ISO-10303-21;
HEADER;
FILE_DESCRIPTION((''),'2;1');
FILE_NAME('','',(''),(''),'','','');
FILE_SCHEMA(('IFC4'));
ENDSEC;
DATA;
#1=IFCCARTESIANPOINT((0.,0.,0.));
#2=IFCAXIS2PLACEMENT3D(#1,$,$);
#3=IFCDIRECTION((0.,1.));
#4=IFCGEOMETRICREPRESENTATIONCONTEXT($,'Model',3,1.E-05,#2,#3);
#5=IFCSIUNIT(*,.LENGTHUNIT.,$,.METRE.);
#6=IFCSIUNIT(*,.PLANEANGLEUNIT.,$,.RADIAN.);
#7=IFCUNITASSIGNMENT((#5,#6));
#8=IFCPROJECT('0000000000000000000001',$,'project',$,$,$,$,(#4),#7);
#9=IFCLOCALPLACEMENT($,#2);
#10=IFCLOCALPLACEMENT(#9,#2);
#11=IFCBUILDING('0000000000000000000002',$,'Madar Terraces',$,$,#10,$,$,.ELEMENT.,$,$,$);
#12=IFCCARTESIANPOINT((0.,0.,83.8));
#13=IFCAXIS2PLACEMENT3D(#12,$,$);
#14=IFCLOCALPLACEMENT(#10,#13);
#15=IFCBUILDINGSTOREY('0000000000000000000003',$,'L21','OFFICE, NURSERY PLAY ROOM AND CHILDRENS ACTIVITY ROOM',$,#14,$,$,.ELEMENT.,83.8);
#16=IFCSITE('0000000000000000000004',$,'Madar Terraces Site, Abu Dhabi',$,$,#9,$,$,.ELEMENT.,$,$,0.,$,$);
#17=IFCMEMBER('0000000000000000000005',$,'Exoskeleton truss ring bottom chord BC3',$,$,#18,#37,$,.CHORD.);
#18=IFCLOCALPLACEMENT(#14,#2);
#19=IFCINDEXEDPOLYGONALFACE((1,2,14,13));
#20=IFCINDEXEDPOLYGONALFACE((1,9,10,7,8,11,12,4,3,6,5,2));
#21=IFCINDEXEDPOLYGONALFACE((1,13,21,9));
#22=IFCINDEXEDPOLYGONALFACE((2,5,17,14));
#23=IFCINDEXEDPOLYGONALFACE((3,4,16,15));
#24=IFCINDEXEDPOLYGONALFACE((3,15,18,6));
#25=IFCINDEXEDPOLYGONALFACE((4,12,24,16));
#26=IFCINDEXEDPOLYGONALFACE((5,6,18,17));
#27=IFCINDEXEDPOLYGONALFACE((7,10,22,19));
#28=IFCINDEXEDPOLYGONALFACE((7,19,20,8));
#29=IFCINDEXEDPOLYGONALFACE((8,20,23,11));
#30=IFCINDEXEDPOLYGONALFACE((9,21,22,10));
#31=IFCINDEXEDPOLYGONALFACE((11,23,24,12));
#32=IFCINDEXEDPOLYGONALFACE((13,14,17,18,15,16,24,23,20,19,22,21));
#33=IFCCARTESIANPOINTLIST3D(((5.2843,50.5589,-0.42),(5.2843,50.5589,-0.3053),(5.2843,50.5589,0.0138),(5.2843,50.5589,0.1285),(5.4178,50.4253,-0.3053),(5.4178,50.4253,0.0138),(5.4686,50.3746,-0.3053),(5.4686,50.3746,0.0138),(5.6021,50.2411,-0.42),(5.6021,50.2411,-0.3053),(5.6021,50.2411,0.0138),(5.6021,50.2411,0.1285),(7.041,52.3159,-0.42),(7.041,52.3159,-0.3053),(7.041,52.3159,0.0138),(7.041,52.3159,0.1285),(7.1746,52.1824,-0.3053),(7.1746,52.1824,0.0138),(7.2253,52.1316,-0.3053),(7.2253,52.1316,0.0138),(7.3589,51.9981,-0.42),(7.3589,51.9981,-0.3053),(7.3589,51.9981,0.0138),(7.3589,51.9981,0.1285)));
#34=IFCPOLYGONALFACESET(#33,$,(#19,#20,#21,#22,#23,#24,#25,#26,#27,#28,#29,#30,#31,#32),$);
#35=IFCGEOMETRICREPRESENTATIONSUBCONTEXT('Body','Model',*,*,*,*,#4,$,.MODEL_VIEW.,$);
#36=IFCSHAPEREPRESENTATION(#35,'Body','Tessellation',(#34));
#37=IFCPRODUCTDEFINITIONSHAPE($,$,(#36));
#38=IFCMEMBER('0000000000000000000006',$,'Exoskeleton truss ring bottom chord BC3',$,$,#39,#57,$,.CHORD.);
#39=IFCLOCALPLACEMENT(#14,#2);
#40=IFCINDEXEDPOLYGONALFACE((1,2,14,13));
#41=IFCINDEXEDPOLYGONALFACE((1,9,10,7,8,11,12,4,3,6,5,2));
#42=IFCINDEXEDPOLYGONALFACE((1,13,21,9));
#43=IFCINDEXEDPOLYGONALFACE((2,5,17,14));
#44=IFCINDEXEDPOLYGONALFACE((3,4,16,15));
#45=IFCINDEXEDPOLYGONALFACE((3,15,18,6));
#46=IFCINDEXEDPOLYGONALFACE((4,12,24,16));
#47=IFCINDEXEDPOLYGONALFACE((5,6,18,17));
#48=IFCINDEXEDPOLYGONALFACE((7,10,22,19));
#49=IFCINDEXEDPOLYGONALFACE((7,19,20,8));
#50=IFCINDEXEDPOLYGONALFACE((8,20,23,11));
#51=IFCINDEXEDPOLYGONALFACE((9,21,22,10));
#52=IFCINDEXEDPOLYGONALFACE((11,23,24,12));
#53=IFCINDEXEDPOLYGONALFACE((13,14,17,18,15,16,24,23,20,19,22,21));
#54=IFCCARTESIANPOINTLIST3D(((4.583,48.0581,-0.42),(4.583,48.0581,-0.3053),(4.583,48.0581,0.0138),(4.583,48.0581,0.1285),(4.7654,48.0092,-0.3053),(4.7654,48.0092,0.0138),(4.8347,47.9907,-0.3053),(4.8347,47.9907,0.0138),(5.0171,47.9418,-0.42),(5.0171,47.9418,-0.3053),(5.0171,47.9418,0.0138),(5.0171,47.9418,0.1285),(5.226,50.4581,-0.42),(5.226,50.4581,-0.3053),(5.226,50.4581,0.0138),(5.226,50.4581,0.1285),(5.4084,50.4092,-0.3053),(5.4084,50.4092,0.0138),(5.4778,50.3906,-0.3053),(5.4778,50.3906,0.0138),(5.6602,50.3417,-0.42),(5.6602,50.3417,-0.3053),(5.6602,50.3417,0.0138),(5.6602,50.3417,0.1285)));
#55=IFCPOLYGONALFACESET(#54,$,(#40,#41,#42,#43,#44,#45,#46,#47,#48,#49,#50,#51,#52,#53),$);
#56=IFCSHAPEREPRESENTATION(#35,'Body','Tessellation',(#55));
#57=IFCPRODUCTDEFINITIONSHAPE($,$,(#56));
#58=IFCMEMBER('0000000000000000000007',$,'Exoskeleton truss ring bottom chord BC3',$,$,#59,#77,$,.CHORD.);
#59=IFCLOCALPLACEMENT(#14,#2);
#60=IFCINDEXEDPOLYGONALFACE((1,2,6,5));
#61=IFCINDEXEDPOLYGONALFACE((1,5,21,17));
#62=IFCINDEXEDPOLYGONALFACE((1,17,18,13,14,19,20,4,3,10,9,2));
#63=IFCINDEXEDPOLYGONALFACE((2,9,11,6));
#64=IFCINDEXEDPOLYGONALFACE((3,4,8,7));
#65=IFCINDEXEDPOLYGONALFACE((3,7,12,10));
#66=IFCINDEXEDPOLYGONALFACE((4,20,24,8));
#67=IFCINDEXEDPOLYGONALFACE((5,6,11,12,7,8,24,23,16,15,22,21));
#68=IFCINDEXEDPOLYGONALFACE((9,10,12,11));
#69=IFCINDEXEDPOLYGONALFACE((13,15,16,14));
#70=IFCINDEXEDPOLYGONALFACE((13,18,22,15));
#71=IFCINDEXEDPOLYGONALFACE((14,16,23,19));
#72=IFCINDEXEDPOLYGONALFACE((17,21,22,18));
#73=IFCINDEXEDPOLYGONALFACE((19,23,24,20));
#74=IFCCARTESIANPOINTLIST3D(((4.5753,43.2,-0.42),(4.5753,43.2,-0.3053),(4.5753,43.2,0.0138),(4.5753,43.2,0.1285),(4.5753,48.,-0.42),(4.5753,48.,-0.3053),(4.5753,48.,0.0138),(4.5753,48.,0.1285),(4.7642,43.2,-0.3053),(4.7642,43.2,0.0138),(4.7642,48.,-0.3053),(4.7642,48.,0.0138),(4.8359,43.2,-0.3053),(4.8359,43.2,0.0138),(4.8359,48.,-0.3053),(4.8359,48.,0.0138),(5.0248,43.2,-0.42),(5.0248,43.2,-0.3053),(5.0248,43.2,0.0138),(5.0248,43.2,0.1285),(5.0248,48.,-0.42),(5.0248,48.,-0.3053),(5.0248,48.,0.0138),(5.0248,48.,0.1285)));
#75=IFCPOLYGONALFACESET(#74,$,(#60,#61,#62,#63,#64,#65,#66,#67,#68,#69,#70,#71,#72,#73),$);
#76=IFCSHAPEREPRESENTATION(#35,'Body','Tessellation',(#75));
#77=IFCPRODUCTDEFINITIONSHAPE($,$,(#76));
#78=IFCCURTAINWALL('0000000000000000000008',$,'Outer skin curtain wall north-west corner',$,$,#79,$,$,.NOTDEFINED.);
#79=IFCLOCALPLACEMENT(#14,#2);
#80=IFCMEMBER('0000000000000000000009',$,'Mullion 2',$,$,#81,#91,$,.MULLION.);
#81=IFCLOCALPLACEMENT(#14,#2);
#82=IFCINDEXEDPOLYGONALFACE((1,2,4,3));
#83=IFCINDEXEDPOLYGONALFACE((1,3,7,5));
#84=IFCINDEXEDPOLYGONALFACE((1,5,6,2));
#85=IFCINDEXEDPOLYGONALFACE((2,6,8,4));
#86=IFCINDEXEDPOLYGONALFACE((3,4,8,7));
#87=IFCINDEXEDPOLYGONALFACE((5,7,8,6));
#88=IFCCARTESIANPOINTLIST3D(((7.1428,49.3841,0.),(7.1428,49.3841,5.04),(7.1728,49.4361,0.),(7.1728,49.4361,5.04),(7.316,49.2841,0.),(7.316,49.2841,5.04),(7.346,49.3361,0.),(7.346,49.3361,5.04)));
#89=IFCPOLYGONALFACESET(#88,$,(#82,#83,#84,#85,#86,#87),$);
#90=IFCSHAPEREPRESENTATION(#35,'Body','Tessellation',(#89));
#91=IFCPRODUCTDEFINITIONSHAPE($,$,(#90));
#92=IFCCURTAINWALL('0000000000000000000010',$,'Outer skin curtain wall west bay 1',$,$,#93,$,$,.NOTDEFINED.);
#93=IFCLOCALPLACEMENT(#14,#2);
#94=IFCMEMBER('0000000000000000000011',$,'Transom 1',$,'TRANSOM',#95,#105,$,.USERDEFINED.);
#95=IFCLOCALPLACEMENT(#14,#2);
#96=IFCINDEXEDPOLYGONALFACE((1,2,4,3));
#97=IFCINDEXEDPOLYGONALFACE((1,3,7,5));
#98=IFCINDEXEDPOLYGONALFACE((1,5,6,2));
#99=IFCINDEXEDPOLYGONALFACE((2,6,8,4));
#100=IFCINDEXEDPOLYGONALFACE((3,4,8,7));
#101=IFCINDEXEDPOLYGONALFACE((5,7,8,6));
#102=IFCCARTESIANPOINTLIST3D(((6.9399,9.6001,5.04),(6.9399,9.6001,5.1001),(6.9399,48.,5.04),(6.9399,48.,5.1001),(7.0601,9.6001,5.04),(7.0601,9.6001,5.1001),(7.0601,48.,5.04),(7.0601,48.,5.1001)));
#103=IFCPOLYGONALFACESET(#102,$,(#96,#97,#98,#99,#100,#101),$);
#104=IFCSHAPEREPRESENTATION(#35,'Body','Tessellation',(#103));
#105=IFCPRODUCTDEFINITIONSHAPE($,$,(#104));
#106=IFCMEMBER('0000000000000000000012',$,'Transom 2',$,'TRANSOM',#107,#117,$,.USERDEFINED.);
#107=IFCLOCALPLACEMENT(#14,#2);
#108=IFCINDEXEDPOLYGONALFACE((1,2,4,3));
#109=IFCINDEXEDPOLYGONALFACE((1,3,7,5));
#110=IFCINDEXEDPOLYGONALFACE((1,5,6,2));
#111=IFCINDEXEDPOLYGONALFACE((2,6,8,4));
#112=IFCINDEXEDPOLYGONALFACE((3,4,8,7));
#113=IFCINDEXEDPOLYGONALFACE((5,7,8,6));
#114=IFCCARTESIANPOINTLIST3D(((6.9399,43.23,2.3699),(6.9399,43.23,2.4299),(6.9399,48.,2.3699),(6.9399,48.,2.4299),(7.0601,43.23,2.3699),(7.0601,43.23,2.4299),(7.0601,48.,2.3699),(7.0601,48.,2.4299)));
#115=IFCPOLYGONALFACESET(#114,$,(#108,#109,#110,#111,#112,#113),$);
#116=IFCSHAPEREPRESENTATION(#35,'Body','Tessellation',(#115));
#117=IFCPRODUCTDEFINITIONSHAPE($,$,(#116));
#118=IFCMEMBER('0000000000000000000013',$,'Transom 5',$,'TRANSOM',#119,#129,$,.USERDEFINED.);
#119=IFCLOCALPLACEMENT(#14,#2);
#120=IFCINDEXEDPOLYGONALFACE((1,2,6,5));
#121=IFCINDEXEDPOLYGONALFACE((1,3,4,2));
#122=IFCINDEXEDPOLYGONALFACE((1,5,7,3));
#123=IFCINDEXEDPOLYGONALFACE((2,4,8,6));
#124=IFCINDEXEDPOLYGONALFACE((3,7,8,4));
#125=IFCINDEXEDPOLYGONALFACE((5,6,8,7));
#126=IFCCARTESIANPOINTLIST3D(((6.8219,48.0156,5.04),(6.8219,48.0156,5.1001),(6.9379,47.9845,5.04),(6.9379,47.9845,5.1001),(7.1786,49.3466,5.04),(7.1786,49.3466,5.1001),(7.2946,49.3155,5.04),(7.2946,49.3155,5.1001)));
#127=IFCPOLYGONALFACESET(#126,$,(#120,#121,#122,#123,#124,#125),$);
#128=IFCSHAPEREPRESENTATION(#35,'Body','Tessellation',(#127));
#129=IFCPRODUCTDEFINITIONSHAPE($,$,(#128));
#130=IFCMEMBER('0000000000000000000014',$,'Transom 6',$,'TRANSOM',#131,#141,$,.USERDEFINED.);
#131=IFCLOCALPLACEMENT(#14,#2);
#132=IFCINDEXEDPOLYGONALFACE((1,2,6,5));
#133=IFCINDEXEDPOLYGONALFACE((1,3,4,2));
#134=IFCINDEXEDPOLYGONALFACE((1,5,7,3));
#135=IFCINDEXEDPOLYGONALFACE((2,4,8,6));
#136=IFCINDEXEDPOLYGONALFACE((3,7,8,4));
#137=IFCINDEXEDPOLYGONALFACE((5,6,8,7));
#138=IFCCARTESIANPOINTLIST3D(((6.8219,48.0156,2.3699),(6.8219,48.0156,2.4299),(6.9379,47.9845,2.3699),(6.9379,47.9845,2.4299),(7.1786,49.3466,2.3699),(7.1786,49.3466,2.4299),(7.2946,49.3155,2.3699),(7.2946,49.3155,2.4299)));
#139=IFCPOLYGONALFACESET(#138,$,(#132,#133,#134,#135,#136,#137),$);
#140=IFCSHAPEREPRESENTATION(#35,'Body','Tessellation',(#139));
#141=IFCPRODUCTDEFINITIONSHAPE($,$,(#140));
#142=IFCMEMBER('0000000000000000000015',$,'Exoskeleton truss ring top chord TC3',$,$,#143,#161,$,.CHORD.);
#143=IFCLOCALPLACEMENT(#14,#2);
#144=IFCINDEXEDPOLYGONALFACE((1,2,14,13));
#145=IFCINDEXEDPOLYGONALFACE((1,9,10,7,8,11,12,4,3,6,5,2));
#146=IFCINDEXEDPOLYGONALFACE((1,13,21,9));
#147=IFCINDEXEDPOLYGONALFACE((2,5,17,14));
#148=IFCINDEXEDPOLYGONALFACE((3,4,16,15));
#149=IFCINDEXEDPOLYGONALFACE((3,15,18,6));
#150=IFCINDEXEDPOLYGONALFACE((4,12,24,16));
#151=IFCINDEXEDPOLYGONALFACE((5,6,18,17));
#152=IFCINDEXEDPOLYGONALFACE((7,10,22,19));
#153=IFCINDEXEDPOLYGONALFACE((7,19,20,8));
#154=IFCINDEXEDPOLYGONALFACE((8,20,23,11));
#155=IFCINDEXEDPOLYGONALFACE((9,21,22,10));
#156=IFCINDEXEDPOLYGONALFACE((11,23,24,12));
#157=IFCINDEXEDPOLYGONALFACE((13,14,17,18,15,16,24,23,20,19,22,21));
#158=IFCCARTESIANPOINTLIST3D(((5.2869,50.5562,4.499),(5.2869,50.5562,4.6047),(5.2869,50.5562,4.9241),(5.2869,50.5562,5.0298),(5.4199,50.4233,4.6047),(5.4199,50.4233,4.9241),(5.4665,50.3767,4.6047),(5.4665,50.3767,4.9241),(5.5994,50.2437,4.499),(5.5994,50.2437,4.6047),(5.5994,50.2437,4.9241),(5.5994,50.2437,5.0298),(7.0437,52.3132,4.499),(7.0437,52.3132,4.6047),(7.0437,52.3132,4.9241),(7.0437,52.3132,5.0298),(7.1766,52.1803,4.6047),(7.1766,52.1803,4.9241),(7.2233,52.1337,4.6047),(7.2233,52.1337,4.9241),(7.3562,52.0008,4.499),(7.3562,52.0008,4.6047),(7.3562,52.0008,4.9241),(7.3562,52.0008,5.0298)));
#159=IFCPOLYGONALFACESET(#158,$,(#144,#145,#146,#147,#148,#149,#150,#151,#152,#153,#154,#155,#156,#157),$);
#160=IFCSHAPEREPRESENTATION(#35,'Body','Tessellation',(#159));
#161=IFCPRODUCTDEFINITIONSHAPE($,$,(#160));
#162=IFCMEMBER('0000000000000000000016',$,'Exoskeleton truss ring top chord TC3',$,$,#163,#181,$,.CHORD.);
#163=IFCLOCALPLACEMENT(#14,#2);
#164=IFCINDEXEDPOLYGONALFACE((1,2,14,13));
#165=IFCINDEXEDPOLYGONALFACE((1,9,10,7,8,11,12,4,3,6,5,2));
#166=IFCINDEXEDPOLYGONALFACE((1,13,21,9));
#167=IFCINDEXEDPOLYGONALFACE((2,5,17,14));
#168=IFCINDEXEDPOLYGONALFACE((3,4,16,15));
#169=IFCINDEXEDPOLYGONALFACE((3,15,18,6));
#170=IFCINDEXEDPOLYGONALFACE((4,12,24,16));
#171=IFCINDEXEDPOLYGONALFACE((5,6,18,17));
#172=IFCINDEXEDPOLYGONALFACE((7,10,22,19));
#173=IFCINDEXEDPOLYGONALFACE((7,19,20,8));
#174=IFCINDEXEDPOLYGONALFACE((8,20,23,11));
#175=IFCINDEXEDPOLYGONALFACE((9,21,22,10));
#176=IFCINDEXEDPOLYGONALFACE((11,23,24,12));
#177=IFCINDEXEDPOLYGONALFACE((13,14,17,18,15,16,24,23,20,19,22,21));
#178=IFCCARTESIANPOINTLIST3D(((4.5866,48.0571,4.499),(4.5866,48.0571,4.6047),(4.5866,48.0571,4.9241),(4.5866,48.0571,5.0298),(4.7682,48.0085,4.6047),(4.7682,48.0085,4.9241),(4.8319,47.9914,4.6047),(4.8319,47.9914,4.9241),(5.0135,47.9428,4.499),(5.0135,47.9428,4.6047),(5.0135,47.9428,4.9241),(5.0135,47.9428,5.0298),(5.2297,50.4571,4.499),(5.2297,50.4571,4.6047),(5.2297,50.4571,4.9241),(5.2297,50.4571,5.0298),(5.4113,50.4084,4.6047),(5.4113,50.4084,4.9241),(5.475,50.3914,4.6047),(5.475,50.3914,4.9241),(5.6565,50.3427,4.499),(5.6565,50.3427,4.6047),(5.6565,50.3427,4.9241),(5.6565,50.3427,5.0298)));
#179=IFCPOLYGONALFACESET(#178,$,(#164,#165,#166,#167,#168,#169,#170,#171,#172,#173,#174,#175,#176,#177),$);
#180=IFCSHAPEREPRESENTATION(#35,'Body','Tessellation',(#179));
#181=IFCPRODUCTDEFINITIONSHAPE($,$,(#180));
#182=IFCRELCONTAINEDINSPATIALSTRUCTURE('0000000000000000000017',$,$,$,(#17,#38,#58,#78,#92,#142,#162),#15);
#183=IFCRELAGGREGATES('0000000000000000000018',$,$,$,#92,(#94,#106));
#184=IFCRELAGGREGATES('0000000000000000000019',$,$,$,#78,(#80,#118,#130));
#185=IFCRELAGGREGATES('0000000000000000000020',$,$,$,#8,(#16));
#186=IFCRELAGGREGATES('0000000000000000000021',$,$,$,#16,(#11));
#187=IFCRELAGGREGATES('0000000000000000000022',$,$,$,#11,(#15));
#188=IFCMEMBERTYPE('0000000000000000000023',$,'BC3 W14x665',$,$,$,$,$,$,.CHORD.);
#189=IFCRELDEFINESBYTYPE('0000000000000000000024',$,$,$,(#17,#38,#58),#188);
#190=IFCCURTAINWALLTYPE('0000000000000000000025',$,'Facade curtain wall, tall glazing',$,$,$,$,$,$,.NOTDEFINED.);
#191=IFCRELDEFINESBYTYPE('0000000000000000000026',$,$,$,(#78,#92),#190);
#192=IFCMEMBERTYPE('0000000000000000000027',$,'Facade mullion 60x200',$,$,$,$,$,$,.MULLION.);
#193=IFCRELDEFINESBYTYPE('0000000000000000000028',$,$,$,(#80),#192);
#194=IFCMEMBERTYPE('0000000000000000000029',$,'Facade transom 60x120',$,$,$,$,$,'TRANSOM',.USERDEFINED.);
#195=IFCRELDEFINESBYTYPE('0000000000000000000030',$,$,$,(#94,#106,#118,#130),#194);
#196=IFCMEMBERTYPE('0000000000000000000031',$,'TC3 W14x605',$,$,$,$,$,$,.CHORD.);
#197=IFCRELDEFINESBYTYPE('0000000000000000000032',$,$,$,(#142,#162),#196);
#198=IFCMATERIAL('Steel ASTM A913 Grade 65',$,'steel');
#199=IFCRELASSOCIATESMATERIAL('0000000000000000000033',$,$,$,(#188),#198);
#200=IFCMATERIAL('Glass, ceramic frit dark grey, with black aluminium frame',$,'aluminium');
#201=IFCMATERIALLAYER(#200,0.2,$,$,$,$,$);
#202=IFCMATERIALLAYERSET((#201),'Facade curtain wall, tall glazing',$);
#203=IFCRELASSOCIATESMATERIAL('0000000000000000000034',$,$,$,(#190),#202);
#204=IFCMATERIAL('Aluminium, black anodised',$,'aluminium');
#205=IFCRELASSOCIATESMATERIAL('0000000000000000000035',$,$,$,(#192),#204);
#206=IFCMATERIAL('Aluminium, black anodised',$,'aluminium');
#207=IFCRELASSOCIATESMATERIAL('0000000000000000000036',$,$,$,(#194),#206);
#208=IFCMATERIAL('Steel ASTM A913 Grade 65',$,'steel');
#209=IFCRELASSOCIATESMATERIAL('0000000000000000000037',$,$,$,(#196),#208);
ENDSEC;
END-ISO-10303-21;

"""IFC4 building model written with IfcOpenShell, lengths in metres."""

from ifc_helpers import new_model, si_unit, direction, frame, origin, origin_2d, place, context, subcontext, project, spatial, rectangle, i_section, extrude, material, layer, layer_set, material_profile, profile_set, type_object, element, aggregate, save


model = new_model("IFC4")

# Units and contexts
model_context = context("Model", 3, precision=1e-05, world=origin(), true_north=direction((0.0, 1.0)))
body_context = subcontext(model_context, "Body", "Model", "MODEL_VIEW")
ifc_project = project(units=[si_unit("LENGTHUNIT", "METRE"), si_unit("PLANEANGLEUNIT", "RADIAN")], contexts=[model_context])

# Site, building, storey
site_placement = place(None, origin())
site = spatial("IfcSite", under=ifc_project, at=site_placement, Name="Madar Terraces Site, Abu Dhabi", CompositionType="ELEMENT", RefElevation=0.0)
building_placement = place(site_placement, origin())
building = spatial("IfcBuilding", under=site, at=building_placement, Name="Madar Terraces", CompositionType="ELEMENT")
storey_placement = place(building_placement, frame((0.0, 0.0, 83.8)))
storey = spatial("IfcBuildingStorey", under=building, at=storey_placement, Name="L21", Description="OFFICE, NURSERY PLAY ROOM AND CHILDRENS ACTIVITY ROOM", CompositionType="ELEMENT", Elevation=83.8)

# Members
ifc_material_1 = material(Name="Steel ASTM A913 Grade 65", Category="steel")
ifc_material_profile_1 = material_profile(ifc_material_1, i_section(OverallWidth=0.4495, OverallDepth=0.5486, WebThickness=0.0718, FlangeThickness=0.1147, at=origin_2d()), Name="W14x665")
ifc_profile_set_1 = profile_set([ifc_material_profile_1], Name="Steel ASTM A913 Grade 65")
member_type_1 = type_object("IfcMemberType", Name="BC3 W14x665", PredefinedType="CHORD", material=ifc_profile_set_1)
for number, where, z_axis, x_axis, name in (
    (1, (7.2, 52.157, -0.1458), (-0.707058, -0.707156, 0.0), (0.707156, -0.707058, 0.0), "Exoskeleton truss ring bottom chord BC3"),
    (2, (5.4431, 50.3999, -0.1458), (-0.258824, -0.965924, 0.0), (0.965924, -0.258824, 0.0), "Exoskeleton truss ring bottom chord BC3"),
):
    element("IfcMember", number, at=place(storey_placement, frame(where, z_axis=z_axis, x_axis=x_axis)), inside=storey, type_object=member_type_1, Name=name, PredefinedType="CHORD", context=body_context, shape_type="SweptSolid", body=[
        extrude(i_section(OverallWidth=0.4495, OverallDepth=0.5486, WebThickness=0.0718, FlangeThickness=0.1147, at=origin_2d()), origin(), (0.0, 0.0, 1.0), 2.4846),
    ])
member_1_placement = place(storey_placement, frame((4.8, 48.0, -0.1458), z_axis=(0.0, -1.0, 0.0), x_axis=(1.0, 0.0, 0.0)))
element("IfcMember", 3, at=member_1_placement, inside=storey, type_object=member_type_1, Name="Exoskeleton truss ring bottom chord BC3", PredefinedType="CHORD", context=body_context, shape_type="SweptSolid", body=[
    extrude(i_section(OverallWidth=0.4495, OverallDepth=0.5486, WebThickness=0.0718, FlangeThickness=0.1147, at=origin_2d()), origin(), (0.0, 0.0, 1.0), 4.8),
])

# Curtain wall, member
ifc_material_2 = material(Name="Glass, ceramic frit dark grey, with black aluminium frame", Category="aluminium")
ifc_layer_1 = layer(ifc_material_2, 0.2)
ifc_layer_set_1 = layer_set([ifc_layer_1], Name="Facade curtain wall, tall glazing")
curtain_wall_type = type_object("IfcCurtainWallType", Name="Facade curtain wall, tall glazing", PredefinedType="NOTDEFINED", material=ifc_layer_set_1)
curtain_wall_1_placement = place(storey_placement, origin())
curtain_wall_1 = element("IfcCurtainWall", 4, at=curtain_wall_1_placement, inside=storey, type_object=curtain_wall_type, Name="Outer skin curtain wall north-west corner", PredefinedType="NOTDEFINED")
ifc_material_3 = material(Name="Aluminium, black anodised", Category="aluminium")
ifc_material_profile_2 = material_profile(ifc_material_3, rectangle(XDim=0.2, YDim=0.0601, at=origin_2d()), Name="Facade mullion 60x200")
ifc_profile_set_2 = profile_set([ifc_material_profile_2], Name="Aluminium, black anodised")
member_type_2 = type_object("IfcMemberType", Name="Facade mullion 60x200", PredefinedType="MULLION", material=ifc_profile_set_2)
member_2_placement = place(storey_placement, frame((7.2444, 49.3601, 0.0), z_axis=(0.0, 0.0, 1.0), x_axis=(0.866025, -0.5, 0.0)))
member_2 = element("IfcMember", 5, at=member_2_placement, type_object=member_type_2, Name="Mullion 2", PredefinedType="MULLION", context=body_context, shape_type="SweptSolid", body=[
    extrude(rectangle(XDim=0.2, YDim=0.0601, at=origin_2d()), origin(), (0.0, 0.0, 1.0), 5.04),
])

# Curtain wall, members
curtain_wall_2_placement = place(storey_placement, origin())
curtain_wall_2 = element("IfcCurtainWall", 6, at=curtain_wall_2_placement, inside=storey, type_object=curtain_wall_type, Name="Outer skin curtain wall west bay 1", PredefinedType="NOTDEFINED")
ifc_material_4 = material(Name="Aluminium, black anodised", Category="aluminium")
ifc_material_profile_3 = material_profile(ifc_material_4, rectangle(XDim=0.1201, YDim=0.0601, at=origin_2d()), Name="Facade transom 60x120")
ifc_profile_set_3 = profile_set([ifc_material_profile_3], Name="Aluminium, black anodised")
member_type_3 = type_object("IfcMemberType", Name="Facade transom 60x120", ElementType="TRANSOM", PredefinedType="USERDEFINED", material=ifc_profile_set_3)
member_3_placement = place(storey_placement, frame((7.0, 48.0, 5.0701), z_axis=(0.0, -1.0, 0.0), x_axis=(1.0, 0.0, 0.0)))
member_3 = element("IfcMember", 7, at=member_3_placement, type_object=member_type_3, Name="Transom 1", ObjectType="TRANSOM", PredefinedType="USERDEFINED", context=body_context, shape_type="SweptSolid", body=[
    extrude(rectangle(XDim=0.1201, YDim=0.0601, at=origin_2d()), origin(), (0.0, 0.0, 1.0), 38.3999),
])
member_4_placement = place(storey_placement, frame((7.0, 48.0, 2.3999), z_axis=(0.0, -1.0, 0.0), x_axis=(1.0, 0.0, 0.0)))
member_4 = element("IfcMember", 8, at=member_4_placement, type_object=member_type_3, Name="Transom 2", ObjectType="TRANSOM", PredefinedType="USERDEFINED", context=body_context, shape_type="SweptSolid", body=[
    extrude(rectangle(XDim=0.1201, YDim=0.0601, at=origin_2d()), origin(), (0.0, 0.0, 1.0), 4.77),
])

# Members
member_5_placement = place(storey_placement, frame((7.2366, 49.3311, 5.0701), z_axis=(-0.258842, -0.96592, 0.0), x_axis=(0.96592, -0.258842, 0.0)))
member_5 = element("IfcMember", 9, at=member_5_placement, type_object=member_type_3, Name="Transom 5", ObjectType="TRANSOM", PredefinedType="USERDEFINED", context=body_context, shape_type="SweptSolid", body=[
    extrude(rectangle(XDim=0.1201, YDim=0.0601, at=origin_2d()), origin(), (0.0, 0.0, 1.0), 1.3779),
])
member_6_placement = place(storey_placement, frame((7.2366, 49.3311, 2.3999), z_axis=(-0.258842, -0.96592, 0.0), x_axis=(0.96592, -0.258842, 0.0)))
member_6 = element("IfcMember", 10, at=member_6_placement, type_object=member_type_3, Name="Transom 6", ObjectType="TRANSOM", PredefinedType="USERDEFINED", context=body_context, shape_type="SweptSolid", body=[
    extrude(rectangle(XDim=0.1201, YDim=0.0601, at=origin_2d()), origin(), (0.0, 0.0, 1.0), 1.3779),
])

# Members
ifc_material_5 = material(Name="Steel ASTM A913 Grade 65", Category="steel")
ifc_material_profile_4 = material_profile(ifc_material_5, i_section(OverallWidth=0.4419, OverallDepth=0.5308, WebThickness=0.0659, FlangeThickness=0.1057, at=origin_2d()), Name="W14x605")
ifc_profile_set_4 = profile_set([ifc_material_profile_4], Name="Steel ASTM A913 Grade 65")
member_type_4 = type_object("IfcMemberType", Name="TC3 W14x605", PredefinedType="CHORD", material=ifc_profile_set_4)
for number, where, z_axis, x_axis, name in (
    (11, (7.2, 52.157, 4.7644), (-0.707058, -0.707156, 0.0), (0.707156, -0.707058, 0.0), "Exoskeleton truss ring top chord TC3"),
    (12, (5.4431, 50.3999, 4.7644), (-0.258824, -0.965924, 0.0), (0.965924, -0.258824, 0.0), "Exoskeleton truss ring top chord TC3"),
):
    element("IfcMember", number, at=place(storey_placement, frame(where, z_axis=z_axis, x_axis=x_axis)), inside=storey, type_object=member_type_4, Name=name, PredefinedType="CHORD", context=body_context, shape_type="SweptSolid", body=[
        extrude(i_section(OverallWidth=0.4419, OverallDepth=0.5308, WebThickness=0.0659, FlangeThickness=0.1057, at=origin_2d()), origin(), (0.0, 0.0, 1.0), 2.4846),
    ])

aggregate(curtain_wall_2, [member_3, member_4])
aggregate(curtain_wall_1, [member_2, member_5, member_6])

save(model, "model.ifc")
